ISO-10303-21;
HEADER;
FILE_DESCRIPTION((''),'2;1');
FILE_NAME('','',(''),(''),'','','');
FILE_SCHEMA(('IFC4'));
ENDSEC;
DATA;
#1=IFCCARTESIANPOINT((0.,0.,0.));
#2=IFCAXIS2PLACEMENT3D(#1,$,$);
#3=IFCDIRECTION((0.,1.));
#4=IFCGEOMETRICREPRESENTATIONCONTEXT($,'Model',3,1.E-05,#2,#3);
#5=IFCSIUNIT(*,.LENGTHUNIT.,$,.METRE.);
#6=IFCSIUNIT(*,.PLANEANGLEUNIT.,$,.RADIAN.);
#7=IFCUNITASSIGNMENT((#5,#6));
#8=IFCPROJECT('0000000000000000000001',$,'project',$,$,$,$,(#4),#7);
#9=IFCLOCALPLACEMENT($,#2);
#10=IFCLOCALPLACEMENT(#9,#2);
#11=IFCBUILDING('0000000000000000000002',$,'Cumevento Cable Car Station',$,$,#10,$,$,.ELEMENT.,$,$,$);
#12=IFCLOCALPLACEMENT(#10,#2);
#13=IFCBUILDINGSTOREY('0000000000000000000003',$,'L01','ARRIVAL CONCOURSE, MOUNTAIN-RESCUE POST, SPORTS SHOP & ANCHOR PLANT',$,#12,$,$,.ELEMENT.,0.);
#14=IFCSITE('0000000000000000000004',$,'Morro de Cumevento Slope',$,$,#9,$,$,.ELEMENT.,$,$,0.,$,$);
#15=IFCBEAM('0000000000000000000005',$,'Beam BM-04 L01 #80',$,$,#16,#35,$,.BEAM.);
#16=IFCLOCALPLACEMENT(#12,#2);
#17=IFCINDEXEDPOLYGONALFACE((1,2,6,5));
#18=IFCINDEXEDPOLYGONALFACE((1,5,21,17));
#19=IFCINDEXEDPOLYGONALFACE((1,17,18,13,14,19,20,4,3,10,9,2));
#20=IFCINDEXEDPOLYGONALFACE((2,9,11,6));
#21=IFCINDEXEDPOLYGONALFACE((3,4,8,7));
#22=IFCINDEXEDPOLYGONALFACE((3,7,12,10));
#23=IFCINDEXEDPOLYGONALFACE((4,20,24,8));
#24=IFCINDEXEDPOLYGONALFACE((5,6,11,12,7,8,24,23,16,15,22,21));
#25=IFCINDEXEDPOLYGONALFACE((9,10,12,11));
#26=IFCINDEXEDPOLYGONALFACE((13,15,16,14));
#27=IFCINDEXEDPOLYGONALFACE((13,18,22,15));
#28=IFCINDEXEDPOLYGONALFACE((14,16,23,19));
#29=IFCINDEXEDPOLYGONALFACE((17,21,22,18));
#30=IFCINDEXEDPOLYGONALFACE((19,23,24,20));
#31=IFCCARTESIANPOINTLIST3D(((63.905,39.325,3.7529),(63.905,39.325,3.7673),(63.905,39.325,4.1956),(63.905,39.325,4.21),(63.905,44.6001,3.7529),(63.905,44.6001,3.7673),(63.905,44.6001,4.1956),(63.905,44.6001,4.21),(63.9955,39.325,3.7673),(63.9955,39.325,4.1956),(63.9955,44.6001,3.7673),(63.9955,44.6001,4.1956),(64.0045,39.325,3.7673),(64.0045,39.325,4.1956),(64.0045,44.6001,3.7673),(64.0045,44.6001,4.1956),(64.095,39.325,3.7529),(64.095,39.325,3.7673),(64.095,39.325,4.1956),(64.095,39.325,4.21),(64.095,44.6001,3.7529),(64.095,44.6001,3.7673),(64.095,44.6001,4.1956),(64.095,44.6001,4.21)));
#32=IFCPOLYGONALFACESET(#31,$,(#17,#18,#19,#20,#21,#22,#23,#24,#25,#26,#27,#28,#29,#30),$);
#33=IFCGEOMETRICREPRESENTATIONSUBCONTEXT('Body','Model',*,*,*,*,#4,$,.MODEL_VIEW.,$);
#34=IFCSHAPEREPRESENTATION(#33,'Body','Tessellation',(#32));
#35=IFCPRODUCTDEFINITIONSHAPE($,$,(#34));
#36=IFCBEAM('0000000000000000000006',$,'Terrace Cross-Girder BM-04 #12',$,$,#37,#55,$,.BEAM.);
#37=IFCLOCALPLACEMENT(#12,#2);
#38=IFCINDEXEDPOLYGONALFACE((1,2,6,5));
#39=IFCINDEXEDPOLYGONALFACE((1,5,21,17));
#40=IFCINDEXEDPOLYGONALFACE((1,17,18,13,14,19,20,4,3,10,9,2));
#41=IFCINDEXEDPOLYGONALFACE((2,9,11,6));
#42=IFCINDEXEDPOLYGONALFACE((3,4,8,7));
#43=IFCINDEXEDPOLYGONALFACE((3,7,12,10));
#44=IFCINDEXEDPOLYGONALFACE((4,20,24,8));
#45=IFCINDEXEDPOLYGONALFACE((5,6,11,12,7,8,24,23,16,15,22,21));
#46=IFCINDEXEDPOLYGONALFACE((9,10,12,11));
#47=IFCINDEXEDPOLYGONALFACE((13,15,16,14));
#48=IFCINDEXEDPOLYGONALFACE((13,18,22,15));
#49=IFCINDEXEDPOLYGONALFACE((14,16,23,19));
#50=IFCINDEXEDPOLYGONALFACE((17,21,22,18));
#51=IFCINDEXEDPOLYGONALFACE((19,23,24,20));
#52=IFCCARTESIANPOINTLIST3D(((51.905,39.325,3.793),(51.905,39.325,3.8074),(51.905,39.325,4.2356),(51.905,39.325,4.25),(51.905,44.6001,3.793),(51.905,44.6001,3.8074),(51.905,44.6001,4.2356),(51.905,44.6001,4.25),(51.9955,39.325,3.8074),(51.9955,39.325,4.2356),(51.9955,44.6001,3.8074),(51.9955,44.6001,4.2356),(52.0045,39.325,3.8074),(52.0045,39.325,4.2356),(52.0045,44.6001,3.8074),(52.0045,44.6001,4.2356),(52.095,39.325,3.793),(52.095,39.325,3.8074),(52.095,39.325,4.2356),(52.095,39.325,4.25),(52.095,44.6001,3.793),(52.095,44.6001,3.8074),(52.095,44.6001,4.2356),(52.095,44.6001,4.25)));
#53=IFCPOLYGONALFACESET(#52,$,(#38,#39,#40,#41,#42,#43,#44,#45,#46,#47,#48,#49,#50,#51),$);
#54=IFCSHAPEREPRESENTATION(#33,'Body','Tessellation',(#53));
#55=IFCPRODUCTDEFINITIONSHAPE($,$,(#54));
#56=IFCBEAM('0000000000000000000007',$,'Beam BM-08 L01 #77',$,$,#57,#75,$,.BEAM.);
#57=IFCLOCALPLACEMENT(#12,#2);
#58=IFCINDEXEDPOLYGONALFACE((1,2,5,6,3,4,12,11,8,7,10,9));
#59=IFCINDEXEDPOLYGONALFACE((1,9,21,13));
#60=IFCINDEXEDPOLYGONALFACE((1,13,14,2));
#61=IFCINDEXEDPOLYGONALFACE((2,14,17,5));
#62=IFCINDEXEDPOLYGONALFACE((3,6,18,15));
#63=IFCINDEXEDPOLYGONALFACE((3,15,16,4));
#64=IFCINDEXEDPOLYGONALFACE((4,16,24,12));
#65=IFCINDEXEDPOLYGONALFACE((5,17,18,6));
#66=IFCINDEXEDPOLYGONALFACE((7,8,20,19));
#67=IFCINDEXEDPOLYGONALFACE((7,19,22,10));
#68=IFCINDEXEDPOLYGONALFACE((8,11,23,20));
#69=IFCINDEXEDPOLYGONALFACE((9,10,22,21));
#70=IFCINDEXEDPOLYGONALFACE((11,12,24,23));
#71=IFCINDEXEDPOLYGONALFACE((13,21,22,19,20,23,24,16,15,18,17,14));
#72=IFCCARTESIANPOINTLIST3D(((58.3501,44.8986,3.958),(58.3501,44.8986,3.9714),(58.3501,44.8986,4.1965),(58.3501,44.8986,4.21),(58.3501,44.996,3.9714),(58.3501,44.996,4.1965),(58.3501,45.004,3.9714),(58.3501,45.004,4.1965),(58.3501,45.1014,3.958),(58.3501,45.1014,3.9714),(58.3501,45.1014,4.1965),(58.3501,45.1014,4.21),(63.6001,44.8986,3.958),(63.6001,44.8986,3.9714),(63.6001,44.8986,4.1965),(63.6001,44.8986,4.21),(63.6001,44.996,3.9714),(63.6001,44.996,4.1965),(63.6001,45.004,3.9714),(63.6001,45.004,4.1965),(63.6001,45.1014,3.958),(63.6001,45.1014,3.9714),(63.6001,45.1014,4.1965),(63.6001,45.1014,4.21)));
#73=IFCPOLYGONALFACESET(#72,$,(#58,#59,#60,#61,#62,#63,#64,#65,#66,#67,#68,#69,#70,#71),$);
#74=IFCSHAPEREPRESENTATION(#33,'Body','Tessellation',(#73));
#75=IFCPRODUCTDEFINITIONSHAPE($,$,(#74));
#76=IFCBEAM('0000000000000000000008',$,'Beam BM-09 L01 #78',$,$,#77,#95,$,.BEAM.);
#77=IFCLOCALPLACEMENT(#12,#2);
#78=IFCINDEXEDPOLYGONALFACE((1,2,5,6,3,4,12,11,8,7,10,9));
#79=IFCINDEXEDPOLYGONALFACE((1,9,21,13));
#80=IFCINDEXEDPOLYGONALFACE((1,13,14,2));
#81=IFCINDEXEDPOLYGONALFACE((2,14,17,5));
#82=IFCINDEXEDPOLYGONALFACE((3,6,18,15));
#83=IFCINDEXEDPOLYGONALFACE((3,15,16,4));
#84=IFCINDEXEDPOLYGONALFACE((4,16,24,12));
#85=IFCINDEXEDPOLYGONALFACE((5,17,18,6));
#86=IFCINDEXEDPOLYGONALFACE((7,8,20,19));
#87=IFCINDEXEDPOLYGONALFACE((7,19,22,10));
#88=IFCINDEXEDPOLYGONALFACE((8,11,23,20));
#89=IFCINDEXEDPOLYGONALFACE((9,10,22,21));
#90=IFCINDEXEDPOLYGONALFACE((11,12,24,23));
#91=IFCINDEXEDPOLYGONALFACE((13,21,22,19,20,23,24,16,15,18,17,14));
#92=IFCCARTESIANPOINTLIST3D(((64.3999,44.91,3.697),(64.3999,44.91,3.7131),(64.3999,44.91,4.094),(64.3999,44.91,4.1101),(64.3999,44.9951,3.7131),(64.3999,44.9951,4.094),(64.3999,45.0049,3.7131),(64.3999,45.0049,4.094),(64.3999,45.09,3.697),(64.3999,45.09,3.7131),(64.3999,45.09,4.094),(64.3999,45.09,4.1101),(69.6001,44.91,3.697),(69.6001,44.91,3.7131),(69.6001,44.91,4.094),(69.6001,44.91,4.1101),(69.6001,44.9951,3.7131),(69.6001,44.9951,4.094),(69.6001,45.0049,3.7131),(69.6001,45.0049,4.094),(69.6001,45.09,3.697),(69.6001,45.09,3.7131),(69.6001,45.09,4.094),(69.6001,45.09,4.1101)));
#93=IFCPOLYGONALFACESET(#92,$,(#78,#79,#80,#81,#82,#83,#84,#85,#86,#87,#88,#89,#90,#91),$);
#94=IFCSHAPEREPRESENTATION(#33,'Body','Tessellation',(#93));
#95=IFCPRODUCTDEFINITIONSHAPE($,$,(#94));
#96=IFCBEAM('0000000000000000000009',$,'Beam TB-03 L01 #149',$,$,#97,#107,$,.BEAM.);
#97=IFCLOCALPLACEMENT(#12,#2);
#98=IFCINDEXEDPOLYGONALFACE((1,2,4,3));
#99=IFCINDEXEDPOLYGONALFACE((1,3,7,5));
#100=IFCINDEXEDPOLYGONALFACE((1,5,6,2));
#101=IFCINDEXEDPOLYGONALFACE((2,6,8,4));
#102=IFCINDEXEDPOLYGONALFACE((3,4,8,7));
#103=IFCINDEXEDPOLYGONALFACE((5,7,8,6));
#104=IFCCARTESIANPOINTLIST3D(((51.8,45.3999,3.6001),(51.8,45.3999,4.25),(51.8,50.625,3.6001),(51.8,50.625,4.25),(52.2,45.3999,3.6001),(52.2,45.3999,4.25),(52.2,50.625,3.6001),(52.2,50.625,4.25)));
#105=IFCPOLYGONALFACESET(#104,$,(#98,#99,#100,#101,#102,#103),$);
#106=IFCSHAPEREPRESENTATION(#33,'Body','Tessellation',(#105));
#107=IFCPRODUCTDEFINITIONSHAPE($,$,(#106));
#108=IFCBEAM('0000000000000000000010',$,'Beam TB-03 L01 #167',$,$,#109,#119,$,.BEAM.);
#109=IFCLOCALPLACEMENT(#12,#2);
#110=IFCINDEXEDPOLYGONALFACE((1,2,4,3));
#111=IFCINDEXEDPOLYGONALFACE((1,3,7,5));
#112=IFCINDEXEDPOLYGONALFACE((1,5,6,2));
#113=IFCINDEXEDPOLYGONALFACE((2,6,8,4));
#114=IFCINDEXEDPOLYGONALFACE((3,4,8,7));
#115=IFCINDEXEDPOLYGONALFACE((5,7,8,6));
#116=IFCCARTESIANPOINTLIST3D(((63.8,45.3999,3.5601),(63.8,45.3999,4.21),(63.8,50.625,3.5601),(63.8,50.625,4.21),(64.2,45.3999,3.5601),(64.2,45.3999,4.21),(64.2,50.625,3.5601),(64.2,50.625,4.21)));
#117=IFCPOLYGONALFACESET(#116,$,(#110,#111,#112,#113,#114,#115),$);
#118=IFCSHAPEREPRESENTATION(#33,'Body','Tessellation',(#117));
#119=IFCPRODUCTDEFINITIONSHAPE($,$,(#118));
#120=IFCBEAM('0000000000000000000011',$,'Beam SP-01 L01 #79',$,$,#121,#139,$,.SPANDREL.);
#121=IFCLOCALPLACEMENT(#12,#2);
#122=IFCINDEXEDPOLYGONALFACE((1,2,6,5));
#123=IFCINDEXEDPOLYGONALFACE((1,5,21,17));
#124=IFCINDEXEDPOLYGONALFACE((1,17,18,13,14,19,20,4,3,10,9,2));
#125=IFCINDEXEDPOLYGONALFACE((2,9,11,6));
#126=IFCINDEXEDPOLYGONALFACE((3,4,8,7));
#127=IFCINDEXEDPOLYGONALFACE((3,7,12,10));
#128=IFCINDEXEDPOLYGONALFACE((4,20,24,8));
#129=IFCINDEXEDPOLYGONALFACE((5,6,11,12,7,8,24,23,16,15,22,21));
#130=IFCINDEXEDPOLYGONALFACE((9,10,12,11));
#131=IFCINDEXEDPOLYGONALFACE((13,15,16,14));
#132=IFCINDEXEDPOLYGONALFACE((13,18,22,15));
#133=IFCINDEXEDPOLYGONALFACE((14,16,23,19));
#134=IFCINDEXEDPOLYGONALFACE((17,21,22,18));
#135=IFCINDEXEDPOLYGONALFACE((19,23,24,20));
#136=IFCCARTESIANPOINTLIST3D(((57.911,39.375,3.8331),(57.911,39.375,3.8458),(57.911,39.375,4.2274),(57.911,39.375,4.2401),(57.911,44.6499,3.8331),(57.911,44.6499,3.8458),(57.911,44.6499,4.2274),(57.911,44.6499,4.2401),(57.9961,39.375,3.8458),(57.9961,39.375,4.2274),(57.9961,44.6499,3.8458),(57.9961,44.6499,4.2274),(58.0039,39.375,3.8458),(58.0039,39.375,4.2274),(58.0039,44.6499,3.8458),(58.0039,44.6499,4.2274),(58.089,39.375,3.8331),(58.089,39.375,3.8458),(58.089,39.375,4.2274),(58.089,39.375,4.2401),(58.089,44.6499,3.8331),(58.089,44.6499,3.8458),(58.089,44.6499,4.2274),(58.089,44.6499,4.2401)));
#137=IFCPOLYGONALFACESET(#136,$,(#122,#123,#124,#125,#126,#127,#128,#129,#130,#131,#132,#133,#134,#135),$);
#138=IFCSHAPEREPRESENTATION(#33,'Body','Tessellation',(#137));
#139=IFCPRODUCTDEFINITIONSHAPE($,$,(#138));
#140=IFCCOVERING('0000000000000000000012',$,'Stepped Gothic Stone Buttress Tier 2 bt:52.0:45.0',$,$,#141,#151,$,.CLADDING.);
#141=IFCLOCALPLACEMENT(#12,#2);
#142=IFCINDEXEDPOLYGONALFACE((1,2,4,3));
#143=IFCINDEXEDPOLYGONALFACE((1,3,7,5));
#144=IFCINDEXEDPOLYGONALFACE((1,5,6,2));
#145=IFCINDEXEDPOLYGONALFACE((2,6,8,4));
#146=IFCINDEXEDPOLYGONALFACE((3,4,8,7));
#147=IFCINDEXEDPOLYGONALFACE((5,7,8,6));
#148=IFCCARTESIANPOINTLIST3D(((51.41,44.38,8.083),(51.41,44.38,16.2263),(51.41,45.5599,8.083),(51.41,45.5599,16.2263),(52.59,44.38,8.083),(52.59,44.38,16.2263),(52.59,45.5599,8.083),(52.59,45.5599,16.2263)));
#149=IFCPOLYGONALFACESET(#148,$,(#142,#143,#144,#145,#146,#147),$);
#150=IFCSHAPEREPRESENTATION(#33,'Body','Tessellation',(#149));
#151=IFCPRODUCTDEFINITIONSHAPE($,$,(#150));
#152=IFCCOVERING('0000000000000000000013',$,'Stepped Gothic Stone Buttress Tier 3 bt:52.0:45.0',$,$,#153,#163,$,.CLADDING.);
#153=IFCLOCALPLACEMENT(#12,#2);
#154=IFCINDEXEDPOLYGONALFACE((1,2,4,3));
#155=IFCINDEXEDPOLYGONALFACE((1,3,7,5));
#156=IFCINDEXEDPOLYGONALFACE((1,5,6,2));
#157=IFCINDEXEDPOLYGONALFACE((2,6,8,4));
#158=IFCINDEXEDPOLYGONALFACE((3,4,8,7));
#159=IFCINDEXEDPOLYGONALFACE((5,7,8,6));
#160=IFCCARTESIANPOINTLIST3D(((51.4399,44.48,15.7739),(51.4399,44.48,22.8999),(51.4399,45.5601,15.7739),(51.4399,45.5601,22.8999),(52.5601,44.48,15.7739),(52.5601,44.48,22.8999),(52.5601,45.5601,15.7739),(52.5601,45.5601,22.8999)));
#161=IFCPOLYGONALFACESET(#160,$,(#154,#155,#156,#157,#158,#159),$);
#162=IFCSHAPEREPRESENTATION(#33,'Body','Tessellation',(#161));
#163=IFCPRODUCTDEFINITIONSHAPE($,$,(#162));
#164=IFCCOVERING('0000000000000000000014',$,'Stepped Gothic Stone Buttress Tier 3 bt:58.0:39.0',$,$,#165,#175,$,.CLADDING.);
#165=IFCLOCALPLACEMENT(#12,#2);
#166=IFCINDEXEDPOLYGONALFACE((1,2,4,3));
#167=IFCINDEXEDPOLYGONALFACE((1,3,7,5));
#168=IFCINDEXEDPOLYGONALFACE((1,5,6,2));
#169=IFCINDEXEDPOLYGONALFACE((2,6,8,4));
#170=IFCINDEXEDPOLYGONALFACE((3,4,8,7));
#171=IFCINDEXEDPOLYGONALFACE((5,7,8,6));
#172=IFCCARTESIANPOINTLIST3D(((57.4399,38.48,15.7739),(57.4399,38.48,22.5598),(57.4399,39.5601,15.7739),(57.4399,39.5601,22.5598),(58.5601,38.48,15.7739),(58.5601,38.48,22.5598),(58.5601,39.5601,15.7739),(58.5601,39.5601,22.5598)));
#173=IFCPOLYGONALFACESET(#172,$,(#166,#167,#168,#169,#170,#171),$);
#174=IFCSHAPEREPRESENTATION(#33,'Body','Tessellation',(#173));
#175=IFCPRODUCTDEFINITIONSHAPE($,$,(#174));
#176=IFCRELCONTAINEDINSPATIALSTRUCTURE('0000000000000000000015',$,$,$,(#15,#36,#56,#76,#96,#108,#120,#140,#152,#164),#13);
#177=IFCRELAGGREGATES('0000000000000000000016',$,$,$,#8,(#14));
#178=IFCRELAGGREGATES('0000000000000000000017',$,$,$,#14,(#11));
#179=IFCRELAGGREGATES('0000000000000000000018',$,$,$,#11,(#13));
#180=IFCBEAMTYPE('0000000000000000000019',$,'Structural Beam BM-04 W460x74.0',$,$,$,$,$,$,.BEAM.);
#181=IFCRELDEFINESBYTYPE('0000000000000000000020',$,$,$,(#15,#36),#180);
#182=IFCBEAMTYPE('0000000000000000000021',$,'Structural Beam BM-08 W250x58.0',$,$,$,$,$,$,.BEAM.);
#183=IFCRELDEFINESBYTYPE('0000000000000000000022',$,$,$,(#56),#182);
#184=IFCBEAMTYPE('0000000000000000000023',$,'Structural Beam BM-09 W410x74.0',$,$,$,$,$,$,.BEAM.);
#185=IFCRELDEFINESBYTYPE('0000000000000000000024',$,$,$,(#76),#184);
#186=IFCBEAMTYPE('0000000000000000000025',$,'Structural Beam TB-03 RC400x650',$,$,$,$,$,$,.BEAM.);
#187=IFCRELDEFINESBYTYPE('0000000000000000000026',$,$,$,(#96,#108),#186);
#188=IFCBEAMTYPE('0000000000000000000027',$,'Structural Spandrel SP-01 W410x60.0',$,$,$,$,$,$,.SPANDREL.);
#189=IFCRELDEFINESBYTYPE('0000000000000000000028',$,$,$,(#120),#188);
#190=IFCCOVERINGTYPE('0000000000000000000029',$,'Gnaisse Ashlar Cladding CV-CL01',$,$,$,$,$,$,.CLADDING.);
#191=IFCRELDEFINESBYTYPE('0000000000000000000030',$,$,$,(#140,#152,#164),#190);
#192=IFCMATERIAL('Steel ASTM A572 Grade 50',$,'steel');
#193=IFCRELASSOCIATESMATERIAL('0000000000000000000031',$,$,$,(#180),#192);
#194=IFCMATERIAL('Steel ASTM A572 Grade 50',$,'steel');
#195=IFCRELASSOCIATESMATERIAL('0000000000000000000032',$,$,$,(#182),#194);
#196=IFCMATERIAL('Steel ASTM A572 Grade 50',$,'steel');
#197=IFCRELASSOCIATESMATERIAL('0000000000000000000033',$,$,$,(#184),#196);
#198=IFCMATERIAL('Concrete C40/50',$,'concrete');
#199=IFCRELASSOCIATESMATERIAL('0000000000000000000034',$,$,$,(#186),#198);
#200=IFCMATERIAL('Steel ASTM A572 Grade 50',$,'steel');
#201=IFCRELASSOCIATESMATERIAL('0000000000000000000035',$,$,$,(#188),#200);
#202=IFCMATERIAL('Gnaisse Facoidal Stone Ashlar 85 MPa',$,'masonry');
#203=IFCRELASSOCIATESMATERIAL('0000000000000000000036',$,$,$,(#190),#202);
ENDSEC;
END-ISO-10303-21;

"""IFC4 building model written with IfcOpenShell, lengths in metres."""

from ifc_helpers import new_model, si_unit, direction, frame, origin, origin_2d, place, context, subcontext, project, spatial, rectangle, i_section, extrude, material, material_profile, profile_set, type_object, element, save


model = new_model("IFC4")

# Units and contexts
model_context = context("Model", 3, precision=1e-05, world=origin(), true_north=direction((0.0, 1.0)))
body_context = subcontext(model_context, "Body", "Model", "MODEL_VIEW")
ifc_project = project(units=[si_unit("LENGTHUNIT", "METRE"), si_unit("PLANEANGLEUNIT", "RADIAN")], contexts=[model_context])

# Site, building, storey
site_placement = place(None, origin())
site = spatial("IfcSite", under=ifc_project, at=site_placement, Name="Morro de Cumevento Slope", CompositionType="ELEMENT", RefElevation=0.0)
building_placement = place(site_placement, origin())
building = spatial("IfcBuilding", under=site, at=building_placement, Name="Cumevento Cable Car Station", CompositionType="ELEMENT")
storey_placement = place(building_placement, origin())
storey = spatial("IfcBuildingStorey", under=building, at=storey_placement, Name="L01", Description="ARRIVAL CONCOURSE, MOUNTAIN-RESCUE POST, SPORTS SHOP & ANCHOR PLANT", CompositionType="ELEMENT", Elevation=0.0)

# Beams
ifc_material_1 = material(Name="Steel ASTM A572 Grade 50", Category="steel")
ifc_material_profile_1 = material_profile(ifc_material_1, i_section(OverallWidth=0.1899, OverallDepth=0.457, WebThickness=0.009, FlangeThickness=0.0144, at=origin_2d()), Name="W460x74.0")
ifc_profile_set_1 = profile_set([ifc_material_profile_1], Name="Steel ASTM A572 Grade 50")
beam_type_1 = type_object("IfcBeamType", Name="Structural Beam BM-04 W460x74.0", PredefinedType="BEAM", material=ifc_profile_set_1)
for number, where, z_axis, x_axis, name in (
    (1, (64.0, 39.325, 3.9814), (0.0, 1.0, 0.0), (-1.0, 0.0, 0.0), "Beam BM-04 L01 #80"),
    (2, (52.0, 39.325, 4.0215), (0.0, 1.0, 0.0), (-1.0, 0.0, 0.0), "Terrace Cross-Girder BM-04 #12"),
):
    element("IfcBeam", number, at=place(storey_placement, frame(where, z_axis=z_axis, x_axis=x_axis)), inside=storey, type_object=beam_type_1, Name=name, PredefinedType="BEAM", context=body_context, shape_type="SweptSolid", body=[
        extrude(i_section(OverallWidth=0.1899, OverallDepth=0.457, WebThickness=0.009, FlangeThickness=0.0144, at=origin_2d()), origin(), (0.0, 0.0, 1.0), 5.2751),
    ])
ifc_material_2 = material(Name="Steel ASTM A572 Grade 50", Category="steel")
ifc_material_profile_2 = material_profile(ifc_material_2, i_section(OverallWidth=0.2029, OverallDepth=0.252, WebThickness=0.0081, FlangeThickness=0.0134, at=origin_2d()), Name="W250x58.0")
ifc_profile_set_2 = profile_set([ifc_material_profile_2], Name="Steel ASTM A572 Grade 50")
beam_type_2 = type_object("IfcBeamType", Name="Structural Beam BM-08 W250x58.0", PredefinedType="BEAM", material=ifc_profile_set_2)
beam_1_placement = place(storey_placement, frame((58.3501, 45.0, 4.084), z_axis=(1.0, 0.0, 0.0), x_axis=(0.0, 1.0, 0.0)))
element("IfcBeam", 3, at=beam_1_placement, inside=storey, type_object=beam_type_2, Name="Beam BM-08 L01 #77", PredefinedType="BEAM", context=body_context, shape_type="SweptSolid", body=[
    extrude(i_section(OverallWidth=0.2029, OverallDepth=0.252, WebThickness=0.0081, FlangeThickness=0.0134, at=origin_2d()), origin(), (0.0, 0.0, 1.0), 5.25),
])
ifc_material_3 = material(Name="Steel ASTM A572 Grade 50", Category="steel")
ifc_material_profile_3 = material_profile(ifc_material_3, i_section(OverallWidth=0.1799, OverallDepth=0.4131, WebThickness=0.0098, FlangeThickness=0.0161, at=origin_2d()), Name="W410x74.0")
ifc_profile_set_3 = profile_set([ifc_material_profile_3], Name="Steel ASTM A572 Grade 50")
beam_type_3 = type_object("IfcBeamType", Name="Structural Beam BM-09 W410x74.0", PredefinedType="BEAM", material=ifc_profile_set_3)
beam_2_placement = place(storey_placement, frame((64.3999, 45.0, 3.9036), z_axis=(1.0, 0.0, 0.0), x_axis=(0.0, 1.0, 0.0)))
element("IfcBeam", 4, at=beam_2_placement, inside=storey, type_object=beam_type_3, Name="Beam BM-09 L01 #78", PredefinedType="BEAM", context=body_context, shape_type="SweptSolid", body=[
    extrude(i_section(OverallWidth=0.1799, OverallDepth=0.4131, WebThickness=0.0098, FlangeThickness=0.0161, at=origin_2d()), origin(), (0.0, 0.0, 1.0), 5.2002),
])
ifc_material_4 = material(Name="Concrete C40/50", Category="concrete")
ifc_material_profile_4 = material_profile(ifc_material_4, rectangle(XDim=0.3999, YDim=0.6499, at=origin_2d()), Name="RC400x650")
ifc_profile_set_4 = profile_set([ifc_material_profile_4], Name="Concrete C40/50")
beam_type_4 = type_object("IfcBeamType", Name="Structural Beam TB-03 RC400x650", PredefinedType="BEAM", material=ifc_profile_set_4)
for number, where, z_axis, x_axis, name in (
    (5, (52.0, 45.3999, 3.925), (0.0, 1.0, 0.0), (-1.0, 0.0, 0.0), "Beam TB-03 L01 #149"),
    (6, (64.0, 45.3999, 3.885), (0.0, 1.0, 0.0), (-1.0, 0.0, 0.0), "Beam TB-03 L01 #167"),
):
    element("IfcBeam", number, at=place(storey_placement, frame(where, z_axis=z_axis, x_axis=x_axis)), inside=storey, type_object=beam_type_4, Name=name, PredefinedType="BEAM", context=body_context, shape_type="SweptSolid", body=[
        extrude(rectangle(XDim=0.3999, YDim=0.6499, at=origin_2d()), origin(), (0.0, 0.0, 1.0), 5.2251),
    ])
ifc_material_5 = material(Name="Steel ASTM A572 Grade 50", Category="steel")
ifc_material_profile_5 = material_profile(ifc_material_5, i_section(OverallWidth=0.178, OverallDepth=0.407, WebThickness=0.0078, FlangeThickness=0.0127, at=origin_2d()), Name="W410x60.0")
ifc_profile_set_5 = profile_set([ifc_material_profile_5], Name="Steel ASTM A572 Grade 50")
beam_type_5 = type_object("IfcBeamType", Name="Structural Spandrel SP-01 W410x60.0", PredefinedType="SPANDREL", material=ifc_profile_set_5)
beam_3_placement = place(storey_placement, frame((58.0, 39.375, 4.0366), z_axis=(0.0, 1.0, 0.0), x_axis=(-1.0, 0.0, 0.0)))
element("IfcBeam", 7, at=beam_3_placement, inside=storey, type_object=beam_type_5, Name="Beam SP-01 L01 #79", PredefinedType="SPANDREL", context=body_context, shape_type="SweptSolid", body=[
    extrude(i_section(OverallWidth=0.178, OverallDepth=0.407, WebThickness=0.0078, FlangeThickness=0.0127, at=origin_2d()), origin(), (0.0, 0.0, 1.0), 5.2749),
])

# Coverings
ifc_material_6 = material(Name="Gnaisse Facoidal Stone Ashlar 85 MPa", Category="masonry")
covering_type = type_object("IfcCoveringType", Name="Gnaisse Ashlar Cladding CV-CL01", PredefinedType="CLADDING", material=ifc_material_6)
covering_1_placement = place(storey_placement, frame((52.0, 44.97, 8.083), z_axis=(0.0, 0.0, 1.0), x_axis=(1.0, 0.0, 0.0)))
element("IfcCovering", 8, at=covering_1_placement, inside=storey, type_object=covering_type, Name="Stepped Gothic Stone Buttress Tier 2 bt:52.0:45.0", PredefinedType="CLADDING", context=body_context, shape_type="SweptSolid", body=[
    extrude(rectangle(XDim=1.1799, YDim=1.1799, at=origin_2d()), origin(), (0.0, 0.0, 1.0), 8.1433),
])
covering_2_placement = place(storey_placement, frame((52.0, 45.02, 15.7739), z_axis=(0.0, 0.0, 1.0), x_axis=(1.0, 0.0, 0.0)))
element("IfcCovering", 9, at=covering_2_placement, inside=storey, type_object=covering_type, Name="Stepped Gothic Stone Buttress Tier 3 bt:52.0:45.0", PredefinedType="CLADDING", context=body_context, shape_type="SweptSolid", body=[
    extrude(rectangle(XDim=1.1201, YDim=1.0801, at=origin_2d()), origin(), (0.0, 0.0, 1.0), 7.126),
])
covering_3_placement = place(storey_placement, frame((58.0, 39.02, 15.7739), z_axis=(0.0, 0.0, 1.0), x_axis=(1.0, 0.0, 0.0)))
element("IfcCovering", 10, at=covering_3_placement, inside=storey, type_object=covering_type, Name="Stepped Gothic Stone Buttress Tier 3 bt:58.0:39.0", PredefinedType="CLADDING", context=body_context, shape_type="SweptSolid", body=[
    extrude(rectangle(XDim=1.1201, YDim=1.0801, at=origin_2d()), origin(), (0.0, 0.0, 1.0), 6.7859),
])

save(model, "model.ifc")
